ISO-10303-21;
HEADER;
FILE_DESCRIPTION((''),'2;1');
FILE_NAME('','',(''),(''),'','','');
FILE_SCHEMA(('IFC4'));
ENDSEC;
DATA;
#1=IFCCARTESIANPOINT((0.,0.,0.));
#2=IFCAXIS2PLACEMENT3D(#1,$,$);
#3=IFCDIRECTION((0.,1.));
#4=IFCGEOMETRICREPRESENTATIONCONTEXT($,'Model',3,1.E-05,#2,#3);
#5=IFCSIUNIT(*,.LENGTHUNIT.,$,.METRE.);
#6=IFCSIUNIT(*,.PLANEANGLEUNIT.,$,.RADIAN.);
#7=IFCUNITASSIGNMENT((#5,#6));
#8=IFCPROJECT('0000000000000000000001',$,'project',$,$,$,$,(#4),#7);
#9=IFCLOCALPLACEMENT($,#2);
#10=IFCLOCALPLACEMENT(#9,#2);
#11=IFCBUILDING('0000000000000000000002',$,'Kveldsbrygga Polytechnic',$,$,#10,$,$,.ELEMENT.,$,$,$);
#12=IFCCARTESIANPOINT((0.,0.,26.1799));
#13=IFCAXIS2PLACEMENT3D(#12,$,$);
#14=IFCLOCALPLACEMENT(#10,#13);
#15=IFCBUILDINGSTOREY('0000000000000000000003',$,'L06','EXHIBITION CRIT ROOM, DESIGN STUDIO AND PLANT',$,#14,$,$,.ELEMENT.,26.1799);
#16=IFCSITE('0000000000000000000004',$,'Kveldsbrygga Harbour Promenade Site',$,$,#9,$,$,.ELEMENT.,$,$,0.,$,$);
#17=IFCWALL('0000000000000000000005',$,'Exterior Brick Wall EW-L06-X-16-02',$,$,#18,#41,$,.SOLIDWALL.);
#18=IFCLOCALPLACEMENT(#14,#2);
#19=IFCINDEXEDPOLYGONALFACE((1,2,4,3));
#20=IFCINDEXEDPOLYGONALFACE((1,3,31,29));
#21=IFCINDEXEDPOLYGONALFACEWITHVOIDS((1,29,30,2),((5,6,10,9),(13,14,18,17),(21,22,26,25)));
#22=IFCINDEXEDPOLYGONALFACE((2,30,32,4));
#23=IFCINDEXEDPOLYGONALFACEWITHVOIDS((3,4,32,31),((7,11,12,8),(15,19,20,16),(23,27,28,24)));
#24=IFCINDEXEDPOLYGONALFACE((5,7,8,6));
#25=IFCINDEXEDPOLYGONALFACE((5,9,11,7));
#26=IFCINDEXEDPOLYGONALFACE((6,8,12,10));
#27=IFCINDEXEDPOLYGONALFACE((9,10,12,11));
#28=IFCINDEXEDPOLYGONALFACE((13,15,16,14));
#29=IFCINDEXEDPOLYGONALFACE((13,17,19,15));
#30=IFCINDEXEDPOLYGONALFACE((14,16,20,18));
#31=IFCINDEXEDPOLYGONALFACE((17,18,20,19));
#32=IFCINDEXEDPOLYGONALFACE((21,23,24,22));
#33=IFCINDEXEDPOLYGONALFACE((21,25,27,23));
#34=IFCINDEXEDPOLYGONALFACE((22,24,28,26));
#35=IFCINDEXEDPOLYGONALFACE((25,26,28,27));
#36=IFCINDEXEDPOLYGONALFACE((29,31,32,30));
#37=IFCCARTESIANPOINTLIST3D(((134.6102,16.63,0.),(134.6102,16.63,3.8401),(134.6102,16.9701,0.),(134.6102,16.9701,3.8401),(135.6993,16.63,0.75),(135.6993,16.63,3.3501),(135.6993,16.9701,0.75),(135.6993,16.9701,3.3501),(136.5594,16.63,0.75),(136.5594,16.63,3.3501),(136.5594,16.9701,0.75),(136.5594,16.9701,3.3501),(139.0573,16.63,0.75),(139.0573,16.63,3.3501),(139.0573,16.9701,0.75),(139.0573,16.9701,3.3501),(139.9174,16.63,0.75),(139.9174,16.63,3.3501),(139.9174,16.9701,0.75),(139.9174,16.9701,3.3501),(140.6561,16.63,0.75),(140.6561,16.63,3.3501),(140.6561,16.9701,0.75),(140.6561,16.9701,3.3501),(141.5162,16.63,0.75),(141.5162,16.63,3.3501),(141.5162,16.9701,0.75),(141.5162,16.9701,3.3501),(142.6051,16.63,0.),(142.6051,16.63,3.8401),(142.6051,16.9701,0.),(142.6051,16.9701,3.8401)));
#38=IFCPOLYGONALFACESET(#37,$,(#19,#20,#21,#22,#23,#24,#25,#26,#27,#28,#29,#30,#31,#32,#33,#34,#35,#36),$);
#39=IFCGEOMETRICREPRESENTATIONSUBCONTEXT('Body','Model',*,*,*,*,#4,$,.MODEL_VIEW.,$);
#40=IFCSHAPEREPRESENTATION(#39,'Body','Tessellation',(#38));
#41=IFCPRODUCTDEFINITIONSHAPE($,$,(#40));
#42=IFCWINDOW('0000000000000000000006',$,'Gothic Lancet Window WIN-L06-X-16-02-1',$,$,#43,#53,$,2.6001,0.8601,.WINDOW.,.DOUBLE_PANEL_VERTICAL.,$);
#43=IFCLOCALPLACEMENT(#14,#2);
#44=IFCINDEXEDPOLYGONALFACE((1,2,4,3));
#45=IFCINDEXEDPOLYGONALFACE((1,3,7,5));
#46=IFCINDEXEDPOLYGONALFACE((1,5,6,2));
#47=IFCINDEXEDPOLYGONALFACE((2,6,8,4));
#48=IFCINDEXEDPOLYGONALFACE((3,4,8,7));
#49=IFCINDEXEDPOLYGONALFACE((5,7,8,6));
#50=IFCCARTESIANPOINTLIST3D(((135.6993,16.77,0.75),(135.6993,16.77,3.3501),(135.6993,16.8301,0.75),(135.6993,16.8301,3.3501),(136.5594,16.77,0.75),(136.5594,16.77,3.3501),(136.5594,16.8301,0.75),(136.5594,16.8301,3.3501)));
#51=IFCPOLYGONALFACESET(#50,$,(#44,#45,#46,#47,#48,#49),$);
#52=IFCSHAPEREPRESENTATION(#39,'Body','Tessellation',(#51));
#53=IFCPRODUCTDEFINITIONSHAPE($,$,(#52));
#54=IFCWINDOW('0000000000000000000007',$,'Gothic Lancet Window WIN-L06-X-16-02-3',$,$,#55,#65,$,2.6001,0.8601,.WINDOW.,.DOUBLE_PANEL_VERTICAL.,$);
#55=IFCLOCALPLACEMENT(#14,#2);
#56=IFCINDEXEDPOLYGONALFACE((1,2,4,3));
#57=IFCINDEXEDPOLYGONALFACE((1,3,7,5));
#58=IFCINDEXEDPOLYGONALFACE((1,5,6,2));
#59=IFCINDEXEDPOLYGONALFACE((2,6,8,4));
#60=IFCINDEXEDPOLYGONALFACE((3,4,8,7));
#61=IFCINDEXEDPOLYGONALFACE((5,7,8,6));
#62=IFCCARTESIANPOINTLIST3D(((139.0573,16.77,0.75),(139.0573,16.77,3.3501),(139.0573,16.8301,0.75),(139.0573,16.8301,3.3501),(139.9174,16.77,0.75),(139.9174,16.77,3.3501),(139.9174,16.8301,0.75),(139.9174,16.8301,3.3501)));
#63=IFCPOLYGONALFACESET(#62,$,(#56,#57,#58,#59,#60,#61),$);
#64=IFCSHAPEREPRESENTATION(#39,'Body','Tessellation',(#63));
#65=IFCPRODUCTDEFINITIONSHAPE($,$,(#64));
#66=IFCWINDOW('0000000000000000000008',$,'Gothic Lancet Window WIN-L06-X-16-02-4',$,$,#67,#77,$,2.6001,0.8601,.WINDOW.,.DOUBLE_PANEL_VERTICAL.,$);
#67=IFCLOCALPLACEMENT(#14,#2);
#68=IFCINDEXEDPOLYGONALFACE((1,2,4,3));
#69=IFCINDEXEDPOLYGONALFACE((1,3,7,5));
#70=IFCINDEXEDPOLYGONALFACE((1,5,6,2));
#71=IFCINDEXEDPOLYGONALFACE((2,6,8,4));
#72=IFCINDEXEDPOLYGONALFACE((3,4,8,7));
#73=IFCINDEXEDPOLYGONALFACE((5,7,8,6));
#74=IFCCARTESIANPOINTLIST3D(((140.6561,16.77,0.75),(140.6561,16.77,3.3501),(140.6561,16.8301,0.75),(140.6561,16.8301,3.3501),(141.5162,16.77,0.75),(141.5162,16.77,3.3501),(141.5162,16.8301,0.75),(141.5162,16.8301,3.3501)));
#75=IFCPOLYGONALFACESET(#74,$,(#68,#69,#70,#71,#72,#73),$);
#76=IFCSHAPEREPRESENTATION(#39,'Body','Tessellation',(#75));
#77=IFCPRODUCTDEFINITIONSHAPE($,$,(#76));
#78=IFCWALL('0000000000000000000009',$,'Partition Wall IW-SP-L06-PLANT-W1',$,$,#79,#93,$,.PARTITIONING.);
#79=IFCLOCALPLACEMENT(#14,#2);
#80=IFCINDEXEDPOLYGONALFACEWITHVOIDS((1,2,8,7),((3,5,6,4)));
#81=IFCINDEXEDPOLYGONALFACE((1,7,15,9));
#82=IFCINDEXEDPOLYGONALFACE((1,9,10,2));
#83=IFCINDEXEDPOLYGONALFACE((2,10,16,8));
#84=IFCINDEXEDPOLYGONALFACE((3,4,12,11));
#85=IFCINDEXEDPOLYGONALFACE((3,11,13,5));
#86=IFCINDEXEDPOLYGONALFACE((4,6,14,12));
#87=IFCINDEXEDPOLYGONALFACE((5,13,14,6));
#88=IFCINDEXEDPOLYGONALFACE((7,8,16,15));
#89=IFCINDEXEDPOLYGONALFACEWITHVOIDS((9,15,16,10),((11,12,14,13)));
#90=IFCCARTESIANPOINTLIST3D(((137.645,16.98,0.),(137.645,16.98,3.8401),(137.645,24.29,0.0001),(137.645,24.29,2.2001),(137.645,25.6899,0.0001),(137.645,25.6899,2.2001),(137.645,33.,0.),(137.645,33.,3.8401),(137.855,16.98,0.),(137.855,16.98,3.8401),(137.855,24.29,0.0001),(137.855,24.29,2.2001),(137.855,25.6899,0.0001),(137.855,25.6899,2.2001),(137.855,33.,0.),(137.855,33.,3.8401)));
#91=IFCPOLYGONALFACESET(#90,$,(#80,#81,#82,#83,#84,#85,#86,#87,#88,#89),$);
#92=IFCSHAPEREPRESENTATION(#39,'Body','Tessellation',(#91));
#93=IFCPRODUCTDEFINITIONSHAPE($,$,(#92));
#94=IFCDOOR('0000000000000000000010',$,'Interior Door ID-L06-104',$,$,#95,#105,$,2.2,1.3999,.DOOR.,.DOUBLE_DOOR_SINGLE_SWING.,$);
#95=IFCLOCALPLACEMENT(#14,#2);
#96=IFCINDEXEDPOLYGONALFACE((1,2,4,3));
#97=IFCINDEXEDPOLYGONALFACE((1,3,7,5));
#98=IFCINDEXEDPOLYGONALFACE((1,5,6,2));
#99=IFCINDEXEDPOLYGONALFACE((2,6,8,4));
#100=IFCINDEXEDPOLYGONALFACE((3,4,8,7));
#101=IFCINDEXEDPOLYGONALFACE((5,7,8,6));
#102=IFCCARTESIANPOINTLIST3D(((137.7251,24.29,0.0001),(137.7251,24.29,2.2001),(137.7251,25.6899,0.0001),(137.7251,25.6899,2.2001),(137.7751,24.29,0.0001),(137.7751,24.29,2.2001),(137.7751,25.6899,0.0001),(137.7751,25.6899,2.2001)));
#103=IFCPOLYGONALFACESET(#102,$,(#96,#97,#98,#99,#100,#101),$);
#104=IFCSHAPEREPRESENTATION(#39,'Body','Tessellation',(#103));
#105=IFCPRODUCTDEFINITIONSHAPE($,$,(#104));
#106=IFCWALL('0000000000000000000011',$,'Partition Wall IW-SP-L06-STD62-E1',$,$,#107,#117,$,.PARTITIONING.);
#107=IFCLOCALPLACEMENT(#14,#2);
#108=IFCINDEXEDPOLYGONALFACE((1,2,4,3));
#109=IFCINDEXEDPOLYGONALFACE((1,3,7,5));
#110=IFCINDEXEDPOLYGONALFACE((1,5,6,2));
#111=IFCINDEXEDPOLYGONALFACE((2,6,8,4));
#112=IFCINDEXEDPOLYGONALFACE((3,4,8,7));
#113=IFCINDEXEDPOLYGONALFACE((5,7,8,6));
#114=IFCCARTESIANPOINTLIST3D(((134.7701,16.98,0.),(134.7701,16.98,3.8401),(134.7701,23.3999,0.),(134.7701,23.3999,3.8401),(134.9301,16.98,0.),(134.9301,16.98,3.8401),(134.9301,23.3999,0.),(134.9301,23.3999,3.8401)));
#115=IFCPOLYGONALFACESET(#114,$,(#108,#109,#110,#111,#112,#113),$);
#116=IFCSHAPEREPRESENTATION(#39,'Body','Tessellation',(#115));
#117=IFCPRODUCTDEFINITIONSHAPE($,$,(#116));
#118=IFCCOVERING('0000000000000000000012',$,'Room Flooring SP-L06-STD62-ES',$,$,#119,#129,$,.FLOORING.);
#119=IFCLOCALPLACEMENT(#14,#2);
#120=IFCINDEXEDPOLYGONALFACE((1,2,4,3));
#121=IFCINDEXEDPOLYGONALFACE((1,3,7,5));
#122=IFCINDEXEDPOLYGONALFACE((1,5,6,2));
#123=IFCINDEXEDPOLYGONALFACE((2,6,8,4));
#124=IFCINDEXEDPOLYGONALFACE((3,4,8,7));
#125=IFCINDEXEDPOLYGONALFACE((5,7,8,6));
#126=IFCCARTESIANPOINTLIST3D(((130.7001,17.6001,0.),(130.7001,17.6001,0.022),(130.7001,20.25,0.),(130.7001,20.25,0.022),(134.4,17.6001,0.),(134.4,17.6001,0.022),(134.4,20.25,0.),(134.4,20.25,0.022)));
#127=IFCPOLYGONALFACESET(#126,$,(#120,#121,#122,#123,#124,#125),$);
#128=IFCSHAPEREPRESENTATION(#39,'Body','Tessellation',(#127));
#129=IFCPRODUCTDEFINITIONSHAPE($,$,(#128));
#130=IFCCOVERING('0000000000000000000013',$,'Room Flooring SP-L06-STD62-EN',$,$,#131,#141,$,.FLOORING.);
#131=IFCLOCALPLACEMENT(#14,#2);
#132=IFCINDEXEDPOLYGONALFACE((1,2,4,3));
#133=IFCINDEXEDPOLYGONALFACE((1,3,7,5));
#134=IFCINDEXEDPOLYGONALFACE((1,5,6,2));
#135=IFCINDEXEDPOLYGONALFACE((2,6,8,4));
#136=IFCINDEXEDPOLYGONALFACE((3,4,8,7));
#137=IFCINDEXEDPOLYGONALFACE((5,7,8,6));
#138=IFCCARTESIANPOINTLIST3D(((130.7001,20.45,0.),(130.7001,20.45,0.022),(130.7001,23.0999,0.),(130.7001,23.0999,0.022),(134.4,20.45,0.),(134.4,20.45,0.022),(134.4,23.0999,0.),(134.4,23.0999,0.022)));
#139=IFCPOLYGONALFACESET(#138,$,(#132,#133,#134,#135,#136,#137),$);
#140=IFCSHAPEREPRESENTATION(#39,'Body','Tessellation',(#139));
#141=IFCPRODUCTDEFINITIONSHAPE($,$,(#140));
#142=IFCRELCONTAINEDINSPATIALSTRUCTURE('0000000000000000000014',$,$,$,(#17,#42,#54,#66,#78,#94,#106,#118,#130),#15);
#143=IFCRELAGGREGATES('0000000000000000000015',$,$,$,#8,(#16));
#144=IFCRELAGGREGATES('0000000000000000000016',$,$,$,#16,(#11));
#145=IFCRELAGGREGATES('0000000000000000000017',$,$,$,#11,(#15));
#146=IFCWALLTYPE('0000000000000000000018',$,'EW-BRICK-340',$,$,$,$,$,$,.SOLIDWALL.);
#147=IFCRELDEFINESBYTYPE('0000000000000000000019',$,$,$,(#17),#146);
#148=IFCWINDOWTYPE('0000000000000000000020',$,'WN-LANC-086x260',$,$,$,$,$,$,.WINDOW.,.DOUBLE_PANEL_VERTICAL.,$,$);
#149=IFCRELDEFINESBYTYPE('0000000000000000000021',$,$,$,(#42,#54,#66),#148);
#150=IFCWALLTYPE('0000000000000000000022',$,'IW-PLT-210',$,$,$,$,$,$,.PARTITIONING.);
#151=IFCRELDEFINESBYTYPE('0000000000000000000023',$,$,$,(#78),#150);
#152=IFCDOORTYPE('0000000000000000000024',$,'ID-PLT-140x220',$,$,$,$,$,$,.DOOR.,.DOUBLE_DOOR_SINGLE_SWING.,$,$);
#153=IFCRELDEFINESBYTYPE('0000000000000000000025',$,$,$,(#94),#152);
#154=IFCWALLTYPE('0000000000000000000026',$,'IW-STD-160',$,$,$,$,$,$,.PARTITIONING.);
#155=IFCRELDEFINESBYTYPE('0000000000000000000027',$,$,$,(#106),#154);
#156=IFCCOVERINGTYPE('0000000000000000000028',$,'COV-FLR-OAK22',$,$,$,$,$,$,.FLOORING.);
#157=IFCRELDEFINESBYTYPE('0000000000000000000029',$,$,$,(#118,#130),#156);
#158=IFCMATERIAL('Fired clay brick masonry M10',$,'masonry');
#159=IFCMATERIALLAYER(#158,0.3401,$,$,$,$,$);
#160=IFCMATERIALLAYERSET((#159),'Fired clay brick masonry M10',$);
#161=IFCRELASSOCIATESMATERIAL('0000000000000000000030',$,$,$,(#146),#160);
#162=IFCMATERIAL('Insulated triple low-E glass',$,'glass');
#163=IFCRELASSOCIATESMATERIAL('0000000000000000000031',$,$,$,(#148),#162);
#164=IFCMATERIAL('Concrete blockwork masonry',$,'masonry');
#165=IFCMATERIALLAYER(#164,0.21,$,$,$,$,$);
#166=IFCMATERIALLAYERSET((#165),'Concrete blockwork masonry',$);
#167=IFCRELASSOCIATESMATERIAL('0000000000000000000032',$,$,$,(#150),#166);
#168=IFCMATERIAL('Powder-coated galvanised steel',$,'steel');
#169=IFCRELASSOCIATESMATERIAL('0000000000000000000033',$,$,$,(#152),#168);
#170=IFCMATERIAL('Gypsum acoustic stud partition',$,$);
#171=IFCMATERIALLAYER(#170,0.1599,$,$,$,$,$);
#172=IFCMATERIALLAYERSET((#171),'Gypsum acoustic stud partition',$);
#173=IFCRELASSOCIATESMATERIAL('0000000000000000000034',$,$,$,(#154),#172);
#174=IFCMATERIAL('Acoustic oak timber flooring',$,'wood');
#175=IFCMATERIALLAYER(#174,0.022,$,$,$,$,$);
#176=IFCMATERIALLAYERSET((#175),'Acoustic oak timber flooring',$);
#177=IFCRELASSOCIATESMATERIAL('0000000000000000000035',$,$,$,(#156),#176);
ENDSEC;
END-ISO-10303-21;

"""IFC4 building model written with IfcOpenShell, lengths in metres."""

from ifc_helpers import new_model, si_unit, direction, frame, frame_2d, origin, origin_2d, place, context, subcontext, project, spatial, rectangle, extrude, material, layer, layer_set, type_object, element, fill, save


model = new_model("IFC4")

# Units and contexts
model_context = context("Model", 3, precision=1e-05, world=origin(), true_north=direction((0.0, 1.0)))
body_context = subcontext(model_context, "Body", "Model", "MODEL_VIEW")
ifc_project = project(units=[si_unit("LENGTHUNIT", "METRE"), si_unit("PLANEANGLEUNIT", "RADIAN")], contexts=[model_context])

# Site, building, storey
site_placement = place(None, origin())
site = spatial("IfcSite", under=ifc_project, at=site_placement, Name="Kveldsbrygga Harbour Promenade Site", CompositionType="ELEMENT", RefElevation=0.0)
building_placement = place(site_placement, origin())
building = spatial("IfcBuilding", under=site, at=building_placement, Name="Kveldsbrygga Polytechnic", CompositionType="ELEMENT")
storey_placement = place(building_placement, frame((0.0, 0.0, 26.1799)))
storey = spatial("IfcBuildingStorey", under=building, at=storey_placement, Name="L06", Description="EXHIBITION CRIT ROOM, DESIGN STUDIO AND PLANT", CompositionType="ELEMENT", Elevation=26.1799)

# Wall, openings, windows
ifc_material_1 = material(Name="Fired clay brick masonry M10", Category="masonry")
ifc_layer_1 = layer(ifc_material_1, 0.3401)
ifc_layer_set_1 = layer_set([ifc_layer_1], Name="Fired clay brick masonry M10")
wall_type_1 = type_object("IfcWallType", Name="EW-BRICK-340", PredefinedType="SOLIDWALL", material=ifc_layer_set_1)
wall_1_placement = place(storey_placement, frame((134.6101, 16.8, 0.0), z_axis=(0.0, 0.0, 1.0), x_axis=(1.0, 0.0, 0.0)))
wall_1 = element("IfcWall", 1, at=wall_1_placement, inside=storey, type_object=wall_type_1, Name="Exterior Brick Wall EW-L06-X-16-02", PredefinedType="SOLIDWALL", context=body_context, shape_type="SweptSolid", body=[
    extrude(rectangle(XDim=7.9949, YDim=0.3401, at=frame_2d((3.9976, 0.0))), origin(), (0.0, 0.0, 1.0), 3.8401),
])
opening_1_placement = place(wall_1_placement, frame((1.0891, 0.0, 0.75)))
opening_1 = element("IfcOpeningElement", 2, at=opening_1_placement, cuts=wall_1, PredefinedType="OPENING", context=body_context, shape_type="SweptSolid", body=[
    extrude(rectangle(XDim=0.8601, YDim=2.6001, at=frame_2d((0.4302, 1.3))), frame((0.0, 0.1802, 0.0), z_axis=(0.0, -1.0, 0.0), x_axis=(1.0, 0.0, 0.0)), (0.0, 0.0, 1.0), 0.3601),
])
opening_2_placement = place(wall_1_placement, frame((4.447, 0.0, 0.75)))
opening_2 = element("IfcOpeningElement", 3, at=opening_2_placement, cuts=wall_1, PredefinedType="OPENING", context=body_context, shape_type="SweptSolid", body=[
    extrude(rectangle(XDim=0.8601, YDim=2.6001, at=frame_2d((0.4302, 1.3))), frame((0.0, 0.1802, 0.0), z_axis=(0.0, -1.0, 0.0), x_axis=(1.0, 0.0, 0.0)), (0.0, 0.0, 1.0), 0.3601),
])
opening_3_placement = place(wall_1_placement, frame((6.0459, 0.0, 0.75)))
opening_3 = element("IfcOpeningElement", 4, at=opening_3_placement, cuts=wall_1, PredefinedType="OPENING", context=body_context, shape_type="SweptSolid", body=[
    extrude(rectangle(XDim=0.8601, YDim=2.6001, at=frame_2d((0.4302, 1.3))), frame((0.0, 0.1802, 0.0), z_axis=(0.0, -1.0, 0.0), x_axis=(1.0, 0.0, 0.0)), (0.0, 0.0, 1.0), 0.3601),
])
ifc_material_2 = material(Name="Insulated triple low-E glass", Category="glass")
window_type = type_object("IfcWindowType", Name="WN-LANC-086x260", PartitioningType="DOUBLE_PANEL_VERTICAL", PredefinedType="WINDOW", material=ifc_material_2)
window_1_placement = place(opening_1_placement, origin())
window_1 = element("IfcWindow", 5, at=window_1_placement, inside=storey, type_object=window_type, Name="Gothic Lancet Window WIN-L06-X-16-02-1", OverallHeight=2.6001, OverallWidth=0.8601, PartitioningType="DOUBLE_PANEL_VERTICAL", PredefinedType="WINDOW", context=body_context, shape_type="SweptSolid", body=[
    extrude(rectangle(XDim=0.8601, YDim=2.6001, at=frame_2d((0.4302, 1.3))), frame((0.0, 0.03, 0.0), z_axis=(0.0, -1.0, 0.0), x_axis=(1.0, 0.0, 0.0)), (0.0, 0.0, 1.0), 0.0601),
])
fill(opening_1, window_1)
window_2_placement = place(opening_2_placement, origin())
window_2 = element("IfcWindow", 6, at=window_2_placement, inside=storey, type_object=window_type, Name="Gothic Lancet Window WIN-L06-X-16-02-3", OverallHeight=2.6001, OverallWidth=0.8601, PartitioningType="DOUBLE_PANEL_VERTICAL", PredefinedType="WINDOW", context=body_context, shape_type="SweptSolid", body=[
    extrude(rectangle(XDim=0.8601, YDim=2.6001, at=frame_2d((0.4302, 1.3))), frame((0.0, 0.03, 0.0), z_axis=(0.0, -1.0, 0.0), x_axis=(1.0, 0.0, 0.0)), (0.0, 0.0, 1.0), 0.0601),
])
fill(opening_2, window_2)
window_3_placement = place(opening_3_placement, origin())
window_3 = element("IfcWindow", 7, at=window_3_placement, inside=storey, type_object=window_type, Name="Gothic Lancet Window WIN-L06-X-16-02-4", OverallHeight=2.6001, OverallWidth=0.8601, PartitioningType="DOUBLE_PANEL_VERTICAL", PredefinedType="WINDOW", context=body_context, shape_type="SweptSolid", body=[
    extrude(rectangle(XDim=0.8601, YDim=2.6001, at=frame_2d((0.4302, 1.3))), frame((0.0, 0.03, 0.0), z_axis=(0.0, -1.0, 0.0), x_axis=(1.0, 0.0, 0.0)), (0.0, 0.0, 1.0), 0.0601),
])
fill(opening_3, window_3)

# Wall, opening, door
ifc_material_3 = material(Name="Concrete blockwork masonry", Category="masonry")
ifc_layer_2 = layer(ifc_material_3, 0.21)
ifc_layer_set_2 = layer_set([ifc_layer_2], Name="Concrete blockwork masonry")
wall_type_2 = type_object("IfcWallType", Name="IW-PLT-210", PredefinedType="PARTITIONING", material=ifc_layer_set_2)
wall_2_placement = place(storey_placement, frame((137.75, 16.98, 0.0), z_axis=(0.0, 0.0, 1.0), x_axis=(0.0, 1.0, 0.0)))
wall_2 = element("IfcWall", 8, at=wall_2_placement, inside=storey, type_object=wall_type_2, Name="Partition Wall IW-SP-L06-PLANT-W1", PredefinedType="PARTITIONING", context=body_context, shape_type="SweptSolid", body=[
    extrude(rectangle(XDim=16.02, YDim=0.21, at=frame_2d((8.01, 0.0))), origin(), (0.0, 0.0, 1.0), 3.8401),
])
opening_4_placement = place(wall_2_placement, frame((7.3101, 0.0, 0.0)))
opening_4 = element("IfcOpeningElement", 9, at=opening_4_placement, cuts=wall_2, PredefinedType="OPENING", context=body_context, shape_type="SweptSolid", body=[
    extrude(rectangle(XDim=1.3999, YDim=2.2, at=frame_2d((0.7, 1.1001))), frame((0.0, 0.115, 0.0), z_axis=(0.0, -1.0, 0.0), x_axis=(1.0, 0.0, 0.0)), (0.0, 0.0, 1.0), 0.23),
])
ifc_material_4 = material(Name="Powder-coated galvanised steel", Category="steel")
door_type = type_object("IfcDoorType", Name="ID-PLT-140x220", OperationType="DOUBLE_DOOR_SINGLE_SWING", PredefinedType="DOOR", material=ifc_material_4)
door_placement = place(opening_4_placement, origin())
door = element("IfcDoor", 10, at=door_placement, inside=storey, type_object=door_type, Name="Interior Door ID-L06-104", OperationType="DOUBLE_DOOR_SINGLE_SWING", OverallHeight=2.2, OverallWidth=1.3999, PredefinedType="DOOR", context=body_context, shape_type="SweptSolid", body=[
    extrude(rectangle(XDim=1.3999, YDim=2.2, at=frame_2d((0.7, 1.1001))), frame((0.0, 0.0249, 0.0), z_axis=(0.0, -1.0, 0.0), x_axis=(1.0, 0.0, 0.0)), (0.0, 0.0, 1.0), 0.05),
])
fill(opening_4, door)

# Wall
ifc_material_5 = material(Name="Gypsum acoustic stud partition")
ifc_layer_3 = layer(ifc_material_5, 0.1599)
ifc_layer_set_3 = layer_set([ifc_layer_3], Name="Gypsum acoustic stud partition")
wall_type_3 = type_object("IfcWallType", Name="IW-STD-160", PredefinedType="PARTITIONING", material=ifc_layer_set_3)
wall_3_placement = place(storey_placement, frame((134.8501, 16.98, 0.0), z_axis=(0.0, 0.0, 1.0), x_axis=(0.0, 1.0, 0.0)))
element("IfcWall", 11, at=wall_3_placement, inside=storey, type_object=wall_type_3, Name="Partition Wall IW-SP-L06-STD62-E1", PredefinedType="PARTITIONING", context=body_context, shape_type="SweptSolid", body=[
    extrude(rectangle(XDim=6.4199, YDim=0.1599, at=frame_2d((3.21, 0.0))), origin(), (0.0, 0.0, 1.0), 3.8401),
])

# Coverings
ifc_material_6 = material(Name="Acoustic oak timber flooring", Category="wood")
ifc_layer_4 = layer(ifc_material_6, 0.022)
ifc_layer_set_4 = layer_set([ifc_layer_4], Name="Acoustic oak timber flooring")
covering_type = type_object("IfcCoveringType", Name="COV-FLR-OAK22", PredefinedType="FLOORING", material=ifc_layer_set_4)
for number, where, z_axis, x_axis, name in (
    (12, (132.55, 18.925, 0.0), (0.0, 0.0, 1.0), (1.0, 0.0, 0.0), "Room Flooring SP-L06-STD62-ES"),
    (13, (132.55, 21.7749, 0.0), (0.0, 0.0, 1.0), (1.0, 0.0, 0.0), "Room Flooring SP-L06-STD62-EN"),
):
    element("IfcCovering", number, at=place(storey_placement, frame(where, z_axis=z_axis, x_axis=x_axis)), inside=storey, type_object=covering_type, Name=name, PredefinedType="FLOORING", context=body_context, shape_type="SweptSolid", body=[
        extrude(rectangle(XDim=3.7, YDim=2.6499, at=origin_2d()), origin(), (0.0, 0.0, 1.0), 0.022),
    ])

save(model, "model.ifc")
